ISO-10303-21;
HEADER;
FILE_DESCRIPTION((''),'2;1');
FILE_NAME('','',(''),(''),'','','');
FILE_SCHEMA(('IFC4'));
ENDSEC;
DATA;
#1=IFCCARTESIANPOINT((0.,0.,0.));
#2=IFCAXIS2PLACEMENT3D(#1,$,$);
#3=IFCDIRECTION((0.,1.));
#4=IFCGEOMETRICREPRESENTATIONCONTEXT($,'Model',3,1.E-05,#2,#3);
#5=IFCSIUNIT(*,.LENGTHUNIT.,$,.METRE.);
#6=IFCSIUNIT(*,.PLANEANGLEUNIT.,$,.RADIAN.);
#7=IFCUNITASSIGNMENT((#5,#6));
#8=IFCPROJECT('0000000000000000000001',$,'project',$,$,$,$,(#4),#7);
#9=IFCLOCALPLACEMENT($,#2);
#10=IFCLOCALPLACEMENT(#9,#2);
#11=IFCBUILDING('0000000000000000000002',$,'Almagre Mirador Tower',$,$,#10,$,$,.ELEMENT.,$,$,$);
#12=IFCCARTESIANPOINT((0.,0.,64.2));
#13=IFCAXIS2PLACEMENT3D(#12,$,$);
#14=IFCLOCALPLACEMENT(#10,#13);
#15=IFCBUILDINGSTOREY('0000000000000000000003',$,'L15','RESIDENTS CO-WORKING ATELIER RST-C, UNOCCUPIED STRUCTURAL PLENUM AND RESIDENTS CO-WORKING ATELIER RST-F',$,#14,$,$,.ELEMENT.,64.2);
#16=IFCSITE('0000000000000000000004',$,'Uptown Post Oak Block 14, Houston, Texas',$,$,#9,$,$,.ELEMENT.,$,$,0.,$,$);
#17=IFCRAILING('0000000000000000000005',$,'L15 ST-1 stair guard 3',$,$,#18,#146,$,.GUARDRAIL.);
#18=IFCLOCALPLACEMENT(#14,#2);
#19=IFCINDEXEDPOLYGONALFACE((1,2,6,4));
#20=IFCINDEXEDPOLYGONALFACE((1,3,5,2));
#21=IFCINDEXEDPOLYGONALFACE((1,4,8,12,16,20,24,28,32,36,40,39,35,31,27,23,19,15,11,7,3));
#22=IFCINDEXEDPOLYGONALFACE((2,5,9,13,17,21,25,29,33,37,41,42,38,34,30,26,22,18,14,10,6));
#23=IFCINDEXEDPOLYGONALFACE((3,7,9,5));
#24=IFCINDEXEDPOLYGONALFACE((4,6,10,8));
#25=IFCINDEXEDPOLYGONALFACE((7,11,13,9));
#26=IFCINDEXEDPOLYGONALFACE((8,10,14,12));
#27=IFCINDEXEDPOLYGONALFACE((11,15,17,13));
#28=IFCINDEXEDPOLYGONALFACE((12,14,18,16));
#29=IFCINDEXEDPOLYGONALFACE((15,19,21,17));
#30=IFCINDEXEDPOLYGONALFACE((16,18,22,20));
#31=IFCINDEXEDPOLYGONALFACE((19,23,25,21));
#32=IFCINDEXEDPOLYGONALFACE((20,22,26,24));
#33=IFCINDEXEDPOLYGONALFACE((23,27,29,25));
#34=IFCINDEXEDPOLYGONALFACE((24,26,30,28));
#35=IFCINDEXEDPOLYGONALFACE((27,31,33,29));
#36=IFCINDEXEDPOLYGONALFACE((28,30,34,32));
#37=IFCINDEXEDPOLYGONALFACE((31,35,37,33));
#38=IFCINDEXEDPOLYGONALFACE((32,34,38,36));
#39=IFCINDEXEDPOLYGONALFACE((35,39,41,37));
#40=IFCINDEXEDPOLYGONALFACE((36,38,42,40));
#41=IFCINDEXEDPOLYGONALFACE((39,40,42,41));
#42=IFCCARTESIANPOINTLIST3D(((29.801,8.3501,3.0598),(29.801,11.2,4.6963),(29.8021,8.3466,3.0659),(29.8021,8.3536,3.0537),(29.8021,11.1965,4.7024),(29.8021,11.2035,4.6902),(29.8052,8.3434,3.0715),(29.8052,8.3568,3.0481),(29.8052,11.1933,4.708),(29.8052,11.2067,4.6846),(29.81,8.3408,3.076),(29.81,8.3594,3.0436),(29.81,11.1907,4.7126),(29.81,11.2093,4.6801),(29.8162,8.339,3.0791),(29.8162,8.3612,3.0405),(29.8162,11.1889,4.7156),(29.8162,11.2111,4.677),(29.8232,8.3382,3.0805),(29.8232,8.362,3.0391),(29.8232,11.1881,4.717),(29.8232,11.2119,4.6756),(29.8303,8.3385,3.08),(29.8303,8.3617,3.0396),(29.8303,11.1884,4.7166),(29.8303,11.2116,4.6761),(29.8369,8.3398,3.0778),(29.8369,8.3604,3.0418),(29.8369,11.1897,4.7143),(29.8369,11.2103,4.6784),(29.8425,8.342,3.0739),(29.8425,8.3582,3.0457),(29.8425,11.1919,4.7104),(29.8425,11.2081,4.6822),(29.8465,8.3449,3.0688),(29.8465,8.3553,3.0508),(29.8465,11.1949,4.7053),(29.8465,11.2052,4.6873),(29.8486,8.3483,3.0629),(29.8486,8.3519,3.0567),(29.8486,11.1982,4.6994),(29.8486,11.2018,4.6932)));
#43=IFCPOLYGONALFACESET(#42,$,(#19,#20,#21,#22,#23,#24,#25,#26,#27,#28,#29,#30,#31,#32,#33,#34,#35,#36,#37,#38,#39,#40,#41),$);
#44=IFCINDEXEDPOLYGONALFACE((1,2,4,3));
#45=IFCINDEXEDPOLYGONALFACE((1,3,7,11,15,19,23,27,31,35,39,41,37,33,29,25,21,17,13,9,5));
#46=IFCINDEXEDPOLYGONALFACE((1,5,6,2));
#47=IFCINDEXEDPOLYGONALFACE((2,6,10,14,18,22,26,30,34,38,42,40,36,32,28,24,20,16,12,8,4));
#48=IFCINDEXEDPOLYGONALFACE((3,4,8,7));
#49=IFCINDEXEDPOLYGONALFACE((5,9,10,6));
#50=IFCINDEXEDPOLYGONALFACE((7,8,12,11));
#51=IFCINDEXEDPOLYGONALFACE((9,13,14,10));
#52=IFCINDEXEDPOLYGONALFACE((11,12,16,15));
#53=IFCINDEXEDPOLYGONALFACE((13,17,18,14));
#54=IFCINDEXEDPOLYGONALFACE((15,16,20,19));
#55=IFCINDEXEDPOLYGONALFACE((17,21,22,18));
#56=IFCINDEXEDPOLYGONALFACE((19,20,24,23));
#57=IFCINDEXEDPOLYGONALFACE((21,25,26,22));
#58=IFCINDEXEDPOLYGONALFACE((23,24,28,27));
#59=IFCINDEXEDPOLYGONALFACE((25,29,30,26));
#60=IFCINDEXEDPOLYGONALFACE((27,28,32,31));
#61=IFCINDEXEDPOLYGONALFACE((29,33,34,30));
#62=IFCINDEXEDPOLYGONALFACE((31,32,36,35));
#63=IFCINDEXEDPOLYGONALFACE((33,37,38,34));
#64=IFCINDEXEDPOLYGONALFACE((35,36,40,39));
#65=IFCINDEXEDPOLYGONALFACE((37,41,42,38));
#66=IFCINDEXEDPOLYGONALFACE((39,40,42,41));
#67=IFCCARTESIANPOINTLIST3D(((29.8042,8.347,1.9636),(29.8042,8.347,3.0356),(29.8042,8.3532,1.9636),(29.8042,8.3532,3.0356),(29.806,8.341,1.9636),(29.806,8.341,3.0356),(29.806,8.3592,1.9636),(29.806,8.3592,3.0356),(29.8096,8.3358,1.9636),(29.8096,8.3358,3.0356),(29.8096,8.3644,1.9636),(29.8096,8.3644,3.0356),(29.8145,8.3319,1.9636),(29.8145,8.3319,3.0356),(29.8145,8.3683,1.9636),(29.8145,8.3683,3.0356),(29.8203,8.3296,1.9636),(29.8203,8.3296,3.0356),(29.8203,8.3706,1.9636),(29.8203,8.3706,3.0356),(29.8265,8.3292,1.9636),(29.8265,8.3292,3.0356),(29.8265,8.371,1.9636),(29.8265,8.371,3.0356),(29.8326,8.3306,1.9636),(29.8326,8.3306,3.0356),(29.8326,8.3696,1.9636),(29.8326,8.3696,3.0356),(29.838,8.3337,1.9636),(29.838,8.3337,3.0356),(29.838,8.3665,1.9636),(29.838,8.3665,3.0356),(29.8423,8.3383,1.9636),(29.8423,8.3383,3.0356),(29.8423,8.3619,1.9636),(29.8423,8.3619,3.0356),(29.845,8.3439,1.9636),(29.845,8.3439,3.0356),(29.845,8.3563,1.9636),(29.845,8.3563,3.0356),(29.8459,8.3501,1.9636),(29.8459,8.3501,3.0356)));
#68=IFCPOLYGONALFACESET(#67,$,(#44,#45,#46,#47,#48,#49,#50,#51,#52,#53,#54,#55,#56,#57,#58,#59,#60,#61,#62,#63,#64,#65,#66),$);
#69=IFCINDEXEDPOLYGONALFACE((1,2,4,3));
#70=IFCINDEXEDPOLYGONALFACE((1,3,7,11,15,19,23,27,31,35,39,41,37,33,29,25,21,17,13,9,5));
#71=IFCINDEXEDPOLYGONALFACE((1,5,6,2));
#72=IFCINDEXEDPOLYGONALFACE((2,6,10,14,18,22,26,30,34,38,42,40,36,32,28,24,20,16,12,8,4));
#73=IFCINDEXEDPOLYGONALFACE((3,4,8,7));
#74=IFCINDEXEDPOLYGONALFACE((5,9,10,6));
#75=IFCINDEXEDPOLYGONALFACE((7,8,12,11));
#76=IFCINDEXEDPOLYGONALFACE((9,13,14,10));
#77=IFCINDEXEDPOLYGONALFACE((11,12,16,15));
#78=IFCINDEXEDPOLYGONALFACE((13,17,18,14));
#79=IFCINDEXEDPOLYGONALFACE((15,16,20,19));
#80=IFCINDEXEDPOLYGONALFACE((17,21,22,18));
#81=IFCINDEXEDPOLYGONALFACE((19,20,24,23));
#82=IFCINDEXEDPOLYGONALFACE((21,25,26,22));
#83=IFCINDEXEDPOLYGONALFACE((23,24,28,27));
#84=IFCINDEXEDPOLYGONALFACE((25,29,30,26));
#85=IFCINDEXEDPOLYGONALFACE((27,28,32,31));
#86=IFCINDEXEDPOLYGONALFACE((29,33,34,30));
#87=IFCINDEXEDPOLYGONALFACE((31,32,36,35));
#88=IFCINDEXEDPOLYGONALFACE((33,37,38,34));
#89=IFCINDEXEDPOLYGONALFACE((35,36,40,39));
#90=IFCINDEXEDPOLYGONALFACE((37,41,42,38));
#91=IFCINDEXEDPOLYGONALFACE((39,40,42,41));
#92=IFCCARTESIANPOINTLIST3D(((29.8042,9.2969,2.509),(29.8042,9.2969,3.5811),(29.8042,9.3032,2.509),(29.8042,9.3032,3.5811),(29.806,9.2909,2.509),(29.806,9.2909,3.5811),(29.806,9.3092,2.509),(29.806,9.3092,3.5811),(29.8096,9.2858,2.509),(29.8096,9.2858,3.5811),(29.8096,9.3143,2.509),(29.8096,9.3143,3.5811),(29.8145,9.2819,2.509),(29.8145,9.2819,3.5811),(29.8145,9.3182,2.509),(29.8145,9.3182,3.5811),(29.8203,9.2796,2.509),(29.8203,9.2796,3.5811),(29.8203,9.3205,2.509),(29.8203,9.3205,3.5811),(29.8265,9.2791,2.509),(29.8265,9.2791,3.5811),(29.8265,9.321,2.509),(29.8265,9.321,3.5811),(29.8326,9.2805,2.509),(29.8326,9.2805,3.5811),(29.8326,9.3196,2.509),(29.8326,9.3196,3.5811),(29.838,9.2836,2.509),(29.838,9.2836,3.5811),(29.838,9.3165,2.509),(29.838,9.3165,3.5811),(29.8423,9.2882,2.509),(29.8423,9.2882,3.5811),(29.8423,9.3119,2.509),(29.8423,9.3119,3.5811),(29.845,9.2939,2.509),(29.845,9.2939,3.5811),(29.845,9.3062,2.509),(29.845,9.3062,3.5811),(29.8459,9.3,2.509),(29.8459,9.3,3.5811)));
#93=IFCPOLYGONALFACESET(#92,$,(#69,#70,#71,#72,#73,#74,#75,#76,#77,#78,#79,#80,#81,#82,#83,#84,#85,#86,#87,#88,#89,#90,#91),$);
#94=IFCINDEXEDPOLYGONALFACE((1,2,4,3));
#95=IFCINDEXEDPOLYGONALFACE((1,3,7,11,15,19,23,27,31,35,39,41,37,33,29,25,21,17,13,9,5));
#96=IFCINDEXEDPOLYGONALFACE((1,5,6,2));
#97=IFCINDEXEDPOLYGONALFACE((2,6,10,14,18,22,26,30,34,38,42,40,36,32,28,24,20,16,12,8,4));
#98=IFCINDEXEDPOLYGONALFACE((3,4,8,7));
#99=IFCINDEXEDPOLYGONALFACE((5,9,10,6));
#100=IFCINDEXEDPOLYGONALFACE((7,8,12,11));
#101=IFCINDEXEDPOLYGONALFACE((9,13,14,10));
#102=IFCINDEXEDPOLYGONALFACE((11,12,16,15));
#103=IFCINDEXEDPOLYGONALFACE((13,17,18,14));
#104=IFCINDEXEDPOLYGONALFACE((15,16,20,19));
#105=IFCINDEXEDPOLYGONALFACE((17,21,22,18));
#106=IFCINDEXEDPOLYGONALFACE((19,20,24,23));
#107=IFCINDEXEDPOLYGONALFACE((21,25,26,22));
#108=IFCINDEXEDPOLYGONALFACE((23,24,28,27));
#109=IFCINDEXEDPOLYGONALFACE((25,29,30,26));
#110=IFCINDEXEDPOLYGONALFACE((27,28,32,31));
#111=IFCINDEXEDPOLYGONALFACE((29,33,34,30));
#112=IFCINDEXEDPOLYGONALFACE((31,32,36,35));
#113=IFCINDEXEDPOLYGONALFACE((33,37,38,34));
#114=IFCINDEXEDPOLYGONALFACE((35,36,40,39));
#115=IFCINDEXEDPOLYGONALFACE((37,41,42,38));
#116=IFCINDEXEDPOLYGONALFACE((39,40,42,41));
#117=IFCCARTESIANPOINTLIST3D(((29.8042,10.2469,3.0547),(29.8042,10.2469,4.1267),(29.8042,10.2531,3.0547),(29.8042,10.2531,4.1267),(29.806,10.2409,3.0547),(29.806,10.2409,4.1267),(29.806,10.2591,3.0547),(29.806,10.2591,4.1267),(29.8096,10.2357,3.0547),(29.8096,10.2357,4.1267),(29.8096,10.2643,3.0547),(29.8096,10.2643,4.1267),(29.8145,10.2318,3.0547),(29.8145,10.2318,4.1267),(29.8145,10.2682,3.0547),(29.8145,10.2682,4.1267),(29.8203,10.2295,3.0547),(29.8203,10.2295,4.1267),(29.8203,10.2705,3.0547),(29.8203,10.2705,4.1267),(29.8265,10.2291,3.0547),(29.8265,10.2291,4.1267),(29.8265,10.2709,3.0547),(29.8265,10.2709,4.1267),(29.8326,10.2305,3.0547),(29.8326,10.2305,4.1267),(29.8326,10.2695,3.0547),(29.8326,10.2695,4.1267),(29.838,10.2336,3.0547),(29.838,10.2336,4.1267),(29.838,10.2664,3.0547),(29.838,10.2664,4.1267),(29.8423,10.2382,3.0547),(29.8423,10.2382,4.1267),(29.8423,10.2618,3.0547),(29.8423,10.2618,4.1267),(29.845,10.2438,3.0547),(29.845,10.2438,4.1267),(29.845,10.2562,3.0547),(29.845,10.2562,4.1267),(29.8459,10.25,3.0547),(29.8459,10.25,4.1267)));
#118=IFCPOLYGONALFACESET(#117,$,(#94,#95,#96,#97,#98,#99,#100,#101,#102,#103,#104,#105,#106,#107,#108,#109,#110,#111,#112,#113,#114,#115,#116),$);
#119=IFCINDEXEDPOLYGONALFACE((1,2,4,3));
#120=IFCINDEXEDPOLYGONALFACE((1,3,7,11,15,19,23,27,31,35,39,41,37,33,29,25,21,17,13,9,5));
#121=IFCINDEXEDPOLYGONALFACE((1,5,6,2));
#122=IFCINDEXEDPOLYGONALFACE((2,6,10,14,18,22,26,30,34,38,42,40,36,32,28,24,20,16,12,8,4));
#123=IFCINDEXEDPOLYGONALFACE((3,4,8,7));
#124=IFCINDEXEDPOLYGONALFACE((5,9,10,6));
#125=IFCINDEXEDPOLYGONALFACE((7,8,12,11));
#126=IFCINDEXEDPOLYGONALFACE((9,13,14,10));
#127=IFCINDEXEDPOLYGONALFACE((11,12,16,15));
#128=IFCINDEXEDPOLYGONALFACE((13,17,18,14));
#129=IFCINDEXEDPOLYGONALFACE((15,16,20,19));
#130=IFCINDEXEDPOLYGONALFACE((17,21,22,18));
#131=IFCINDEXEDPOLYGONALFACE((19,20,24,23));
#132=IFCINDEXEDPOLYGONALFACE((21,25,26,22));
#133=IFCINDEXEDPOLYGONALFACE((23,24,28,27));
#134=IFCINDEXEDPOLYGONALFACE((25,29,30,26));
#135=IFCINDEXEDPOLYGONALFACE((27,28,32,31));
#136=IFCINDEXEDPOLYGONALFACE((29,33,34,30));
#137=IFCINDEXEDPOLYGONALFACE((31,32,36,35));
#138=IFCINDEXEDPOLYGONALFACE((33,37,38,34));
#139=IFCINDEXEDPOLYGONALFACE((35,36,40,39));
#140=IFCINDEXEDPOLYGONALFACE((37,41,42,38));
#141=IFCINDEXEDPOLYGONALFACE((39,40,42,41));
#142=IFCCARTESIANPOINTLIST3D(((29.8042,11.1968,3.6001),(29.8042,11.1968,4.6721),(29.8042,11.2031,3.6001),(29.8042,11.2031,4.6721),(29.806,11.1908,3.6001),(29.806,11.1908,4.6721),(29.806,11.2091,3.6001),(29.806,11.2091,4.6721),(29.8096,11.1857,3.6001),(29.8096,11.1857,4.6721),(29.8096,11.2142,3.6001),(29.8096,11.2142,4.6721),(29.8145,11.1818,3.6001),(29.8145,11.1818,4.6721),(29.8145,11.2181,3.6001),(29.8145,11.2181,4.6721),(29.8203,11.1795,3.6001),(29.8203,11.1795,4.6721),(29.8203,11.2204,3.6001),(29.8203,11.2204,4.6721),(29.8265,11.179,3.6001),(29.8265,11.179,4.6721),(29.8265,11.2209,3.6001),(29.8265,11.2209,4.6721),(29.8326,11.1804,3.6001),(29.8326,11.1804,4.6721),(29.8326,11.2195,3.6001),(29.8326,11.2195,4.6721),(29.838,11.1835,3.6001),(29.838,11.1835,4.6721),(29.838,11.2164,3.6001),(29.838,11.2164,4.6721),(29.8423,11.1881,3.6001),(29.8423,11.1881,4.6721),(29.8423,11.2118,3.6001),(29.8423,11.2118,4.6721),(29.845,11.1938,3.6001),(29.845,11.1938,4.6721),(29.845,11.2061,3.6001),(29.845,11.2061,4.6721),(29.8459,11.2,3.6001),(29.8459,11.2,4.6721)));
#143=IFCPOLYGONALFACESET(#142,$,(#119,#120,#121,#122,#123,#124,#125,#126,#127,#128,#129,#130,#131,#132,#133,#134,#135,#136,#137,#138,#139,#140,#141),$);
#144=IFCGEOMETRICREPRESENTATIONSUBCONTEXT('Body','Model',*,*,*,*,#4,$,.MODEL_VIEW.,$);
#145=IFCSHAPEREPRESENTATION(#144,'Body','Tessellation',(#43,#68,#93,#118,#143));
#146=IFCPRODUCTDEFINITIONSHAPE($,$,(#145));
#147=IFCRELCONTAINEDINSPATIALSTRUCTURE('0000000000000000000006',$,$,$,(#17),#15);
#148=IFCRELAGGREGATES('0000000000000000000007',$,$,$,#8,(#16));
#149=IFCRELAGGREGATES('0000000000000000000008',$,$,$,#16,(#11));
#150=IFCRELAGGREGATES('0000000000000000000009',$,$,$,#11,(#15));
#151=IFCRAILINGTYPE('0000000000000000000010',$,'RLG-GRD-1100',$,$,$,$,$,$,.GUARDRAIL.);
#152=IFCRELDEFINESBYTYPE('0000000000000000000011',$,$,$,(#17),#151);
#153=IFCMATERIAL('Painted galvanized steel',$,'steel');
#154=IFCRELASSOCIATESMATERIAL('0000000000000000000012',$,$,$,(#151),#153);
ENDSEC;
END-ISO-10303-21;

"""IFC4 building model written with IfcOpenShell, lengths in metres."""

from ifc_helpers import new_model, si_unit, direction, frame, origin, origin_2d, place, context, subcontext, project, spatial, circle, extrude, material, type_object, element, save


model = new_model("IFC4")

# Units and contexts
model_context = context("Model", 3, precision=1e-05, world=origin(), true_north=direction((0.0, 1.0)))
body_context = subcontext(model_context, "Body", "Model", "MODEL_VIEW")
ifc_project = project(units=[si_unit("LENGTHUNIT", "METRE"), si_unit("PLANEANGLEUNIT", "RADIAN")], contexts=[model_context])

# Site, building, storey
site_placement = place(None, origin())
site = spatial("IfcSite", under=ifc_project, at=site_placement, Name="Uptown Post Oak Block 14, Houston, Texas", CompositionType="ELEMENT", RefElevation=0.0)
building_placement = place(site_placement, origin())
building = spatial("IfcBuilding", under=site, at=building_placement, Name="Almagre Mirador Tower", CompositionType="ELEMENT")
storey_placement = place(building_placement, frame((0.0, 0.0, 64.2)))
storey = spatial("IfcBuildingStorey", under=building, at=storey_placement, Name="L15", Description="RESIDENTS CO-WORKING ATELIER RST-C, UNOCCUPIED STRUCTURAL PLENUM AND RESIDENTS CO-WORKING ATELIER RST-F", CompositionType="ELEMENT", Elevation=64.2)

# Railing
ifc_material_1 = material(Name="Painted galvanized steel", Category="steel")
railing_type_1 = type_object("IfcRailingType", Name="RLG-GRD-1100", PredefinedType="GUARDRAIL", material=ifc_material_1)
railing_1_placement = place(storey_placement, frame((29.825, 8.3501, 1.9636)))
element("IfcRailing", 1, at=railing_1_placement, inside=storey, type_object=railing_type_1, Name="L15 ST-1 stair guard 3", PredefinedType="GUARDRAIL", context=body_context, shape_type="SweptSolid", body=[
    extrude(circle(Radius=0.0239, at=origin_2d()), frame((0.0, 0.0, 1.0962), z_axis=(0.0, 0.867194, 0.49797), x_axis=(-1.0, 0.0, 0.0)), (0.0, 0.0, 1.0), 3.2864),
    extrude(circle(Radius=0.021, at=origin_2d()), origin(), (0.0, 0.0, 1.0), 1.072),
    extrude(circle(Radius=0.021, at=origin_2d()), frame((0.0, 0.95, 0.5454)), (0.0, 0.0, 1.0), 1.072),
    extrude(circle(Radius=0.021, at=origin_2d()), frame((0.0, 1.8999, 1.0911)), (0.0, 0.0, 1.0), 1.072),
    extrude(circle(Radius=0.021, at=origin_2d()), frame((0.0, 2.8499, 1.6365)), (0.0, 0.0, 1.0), 1.072),
])

save(model, "model.ifc")
